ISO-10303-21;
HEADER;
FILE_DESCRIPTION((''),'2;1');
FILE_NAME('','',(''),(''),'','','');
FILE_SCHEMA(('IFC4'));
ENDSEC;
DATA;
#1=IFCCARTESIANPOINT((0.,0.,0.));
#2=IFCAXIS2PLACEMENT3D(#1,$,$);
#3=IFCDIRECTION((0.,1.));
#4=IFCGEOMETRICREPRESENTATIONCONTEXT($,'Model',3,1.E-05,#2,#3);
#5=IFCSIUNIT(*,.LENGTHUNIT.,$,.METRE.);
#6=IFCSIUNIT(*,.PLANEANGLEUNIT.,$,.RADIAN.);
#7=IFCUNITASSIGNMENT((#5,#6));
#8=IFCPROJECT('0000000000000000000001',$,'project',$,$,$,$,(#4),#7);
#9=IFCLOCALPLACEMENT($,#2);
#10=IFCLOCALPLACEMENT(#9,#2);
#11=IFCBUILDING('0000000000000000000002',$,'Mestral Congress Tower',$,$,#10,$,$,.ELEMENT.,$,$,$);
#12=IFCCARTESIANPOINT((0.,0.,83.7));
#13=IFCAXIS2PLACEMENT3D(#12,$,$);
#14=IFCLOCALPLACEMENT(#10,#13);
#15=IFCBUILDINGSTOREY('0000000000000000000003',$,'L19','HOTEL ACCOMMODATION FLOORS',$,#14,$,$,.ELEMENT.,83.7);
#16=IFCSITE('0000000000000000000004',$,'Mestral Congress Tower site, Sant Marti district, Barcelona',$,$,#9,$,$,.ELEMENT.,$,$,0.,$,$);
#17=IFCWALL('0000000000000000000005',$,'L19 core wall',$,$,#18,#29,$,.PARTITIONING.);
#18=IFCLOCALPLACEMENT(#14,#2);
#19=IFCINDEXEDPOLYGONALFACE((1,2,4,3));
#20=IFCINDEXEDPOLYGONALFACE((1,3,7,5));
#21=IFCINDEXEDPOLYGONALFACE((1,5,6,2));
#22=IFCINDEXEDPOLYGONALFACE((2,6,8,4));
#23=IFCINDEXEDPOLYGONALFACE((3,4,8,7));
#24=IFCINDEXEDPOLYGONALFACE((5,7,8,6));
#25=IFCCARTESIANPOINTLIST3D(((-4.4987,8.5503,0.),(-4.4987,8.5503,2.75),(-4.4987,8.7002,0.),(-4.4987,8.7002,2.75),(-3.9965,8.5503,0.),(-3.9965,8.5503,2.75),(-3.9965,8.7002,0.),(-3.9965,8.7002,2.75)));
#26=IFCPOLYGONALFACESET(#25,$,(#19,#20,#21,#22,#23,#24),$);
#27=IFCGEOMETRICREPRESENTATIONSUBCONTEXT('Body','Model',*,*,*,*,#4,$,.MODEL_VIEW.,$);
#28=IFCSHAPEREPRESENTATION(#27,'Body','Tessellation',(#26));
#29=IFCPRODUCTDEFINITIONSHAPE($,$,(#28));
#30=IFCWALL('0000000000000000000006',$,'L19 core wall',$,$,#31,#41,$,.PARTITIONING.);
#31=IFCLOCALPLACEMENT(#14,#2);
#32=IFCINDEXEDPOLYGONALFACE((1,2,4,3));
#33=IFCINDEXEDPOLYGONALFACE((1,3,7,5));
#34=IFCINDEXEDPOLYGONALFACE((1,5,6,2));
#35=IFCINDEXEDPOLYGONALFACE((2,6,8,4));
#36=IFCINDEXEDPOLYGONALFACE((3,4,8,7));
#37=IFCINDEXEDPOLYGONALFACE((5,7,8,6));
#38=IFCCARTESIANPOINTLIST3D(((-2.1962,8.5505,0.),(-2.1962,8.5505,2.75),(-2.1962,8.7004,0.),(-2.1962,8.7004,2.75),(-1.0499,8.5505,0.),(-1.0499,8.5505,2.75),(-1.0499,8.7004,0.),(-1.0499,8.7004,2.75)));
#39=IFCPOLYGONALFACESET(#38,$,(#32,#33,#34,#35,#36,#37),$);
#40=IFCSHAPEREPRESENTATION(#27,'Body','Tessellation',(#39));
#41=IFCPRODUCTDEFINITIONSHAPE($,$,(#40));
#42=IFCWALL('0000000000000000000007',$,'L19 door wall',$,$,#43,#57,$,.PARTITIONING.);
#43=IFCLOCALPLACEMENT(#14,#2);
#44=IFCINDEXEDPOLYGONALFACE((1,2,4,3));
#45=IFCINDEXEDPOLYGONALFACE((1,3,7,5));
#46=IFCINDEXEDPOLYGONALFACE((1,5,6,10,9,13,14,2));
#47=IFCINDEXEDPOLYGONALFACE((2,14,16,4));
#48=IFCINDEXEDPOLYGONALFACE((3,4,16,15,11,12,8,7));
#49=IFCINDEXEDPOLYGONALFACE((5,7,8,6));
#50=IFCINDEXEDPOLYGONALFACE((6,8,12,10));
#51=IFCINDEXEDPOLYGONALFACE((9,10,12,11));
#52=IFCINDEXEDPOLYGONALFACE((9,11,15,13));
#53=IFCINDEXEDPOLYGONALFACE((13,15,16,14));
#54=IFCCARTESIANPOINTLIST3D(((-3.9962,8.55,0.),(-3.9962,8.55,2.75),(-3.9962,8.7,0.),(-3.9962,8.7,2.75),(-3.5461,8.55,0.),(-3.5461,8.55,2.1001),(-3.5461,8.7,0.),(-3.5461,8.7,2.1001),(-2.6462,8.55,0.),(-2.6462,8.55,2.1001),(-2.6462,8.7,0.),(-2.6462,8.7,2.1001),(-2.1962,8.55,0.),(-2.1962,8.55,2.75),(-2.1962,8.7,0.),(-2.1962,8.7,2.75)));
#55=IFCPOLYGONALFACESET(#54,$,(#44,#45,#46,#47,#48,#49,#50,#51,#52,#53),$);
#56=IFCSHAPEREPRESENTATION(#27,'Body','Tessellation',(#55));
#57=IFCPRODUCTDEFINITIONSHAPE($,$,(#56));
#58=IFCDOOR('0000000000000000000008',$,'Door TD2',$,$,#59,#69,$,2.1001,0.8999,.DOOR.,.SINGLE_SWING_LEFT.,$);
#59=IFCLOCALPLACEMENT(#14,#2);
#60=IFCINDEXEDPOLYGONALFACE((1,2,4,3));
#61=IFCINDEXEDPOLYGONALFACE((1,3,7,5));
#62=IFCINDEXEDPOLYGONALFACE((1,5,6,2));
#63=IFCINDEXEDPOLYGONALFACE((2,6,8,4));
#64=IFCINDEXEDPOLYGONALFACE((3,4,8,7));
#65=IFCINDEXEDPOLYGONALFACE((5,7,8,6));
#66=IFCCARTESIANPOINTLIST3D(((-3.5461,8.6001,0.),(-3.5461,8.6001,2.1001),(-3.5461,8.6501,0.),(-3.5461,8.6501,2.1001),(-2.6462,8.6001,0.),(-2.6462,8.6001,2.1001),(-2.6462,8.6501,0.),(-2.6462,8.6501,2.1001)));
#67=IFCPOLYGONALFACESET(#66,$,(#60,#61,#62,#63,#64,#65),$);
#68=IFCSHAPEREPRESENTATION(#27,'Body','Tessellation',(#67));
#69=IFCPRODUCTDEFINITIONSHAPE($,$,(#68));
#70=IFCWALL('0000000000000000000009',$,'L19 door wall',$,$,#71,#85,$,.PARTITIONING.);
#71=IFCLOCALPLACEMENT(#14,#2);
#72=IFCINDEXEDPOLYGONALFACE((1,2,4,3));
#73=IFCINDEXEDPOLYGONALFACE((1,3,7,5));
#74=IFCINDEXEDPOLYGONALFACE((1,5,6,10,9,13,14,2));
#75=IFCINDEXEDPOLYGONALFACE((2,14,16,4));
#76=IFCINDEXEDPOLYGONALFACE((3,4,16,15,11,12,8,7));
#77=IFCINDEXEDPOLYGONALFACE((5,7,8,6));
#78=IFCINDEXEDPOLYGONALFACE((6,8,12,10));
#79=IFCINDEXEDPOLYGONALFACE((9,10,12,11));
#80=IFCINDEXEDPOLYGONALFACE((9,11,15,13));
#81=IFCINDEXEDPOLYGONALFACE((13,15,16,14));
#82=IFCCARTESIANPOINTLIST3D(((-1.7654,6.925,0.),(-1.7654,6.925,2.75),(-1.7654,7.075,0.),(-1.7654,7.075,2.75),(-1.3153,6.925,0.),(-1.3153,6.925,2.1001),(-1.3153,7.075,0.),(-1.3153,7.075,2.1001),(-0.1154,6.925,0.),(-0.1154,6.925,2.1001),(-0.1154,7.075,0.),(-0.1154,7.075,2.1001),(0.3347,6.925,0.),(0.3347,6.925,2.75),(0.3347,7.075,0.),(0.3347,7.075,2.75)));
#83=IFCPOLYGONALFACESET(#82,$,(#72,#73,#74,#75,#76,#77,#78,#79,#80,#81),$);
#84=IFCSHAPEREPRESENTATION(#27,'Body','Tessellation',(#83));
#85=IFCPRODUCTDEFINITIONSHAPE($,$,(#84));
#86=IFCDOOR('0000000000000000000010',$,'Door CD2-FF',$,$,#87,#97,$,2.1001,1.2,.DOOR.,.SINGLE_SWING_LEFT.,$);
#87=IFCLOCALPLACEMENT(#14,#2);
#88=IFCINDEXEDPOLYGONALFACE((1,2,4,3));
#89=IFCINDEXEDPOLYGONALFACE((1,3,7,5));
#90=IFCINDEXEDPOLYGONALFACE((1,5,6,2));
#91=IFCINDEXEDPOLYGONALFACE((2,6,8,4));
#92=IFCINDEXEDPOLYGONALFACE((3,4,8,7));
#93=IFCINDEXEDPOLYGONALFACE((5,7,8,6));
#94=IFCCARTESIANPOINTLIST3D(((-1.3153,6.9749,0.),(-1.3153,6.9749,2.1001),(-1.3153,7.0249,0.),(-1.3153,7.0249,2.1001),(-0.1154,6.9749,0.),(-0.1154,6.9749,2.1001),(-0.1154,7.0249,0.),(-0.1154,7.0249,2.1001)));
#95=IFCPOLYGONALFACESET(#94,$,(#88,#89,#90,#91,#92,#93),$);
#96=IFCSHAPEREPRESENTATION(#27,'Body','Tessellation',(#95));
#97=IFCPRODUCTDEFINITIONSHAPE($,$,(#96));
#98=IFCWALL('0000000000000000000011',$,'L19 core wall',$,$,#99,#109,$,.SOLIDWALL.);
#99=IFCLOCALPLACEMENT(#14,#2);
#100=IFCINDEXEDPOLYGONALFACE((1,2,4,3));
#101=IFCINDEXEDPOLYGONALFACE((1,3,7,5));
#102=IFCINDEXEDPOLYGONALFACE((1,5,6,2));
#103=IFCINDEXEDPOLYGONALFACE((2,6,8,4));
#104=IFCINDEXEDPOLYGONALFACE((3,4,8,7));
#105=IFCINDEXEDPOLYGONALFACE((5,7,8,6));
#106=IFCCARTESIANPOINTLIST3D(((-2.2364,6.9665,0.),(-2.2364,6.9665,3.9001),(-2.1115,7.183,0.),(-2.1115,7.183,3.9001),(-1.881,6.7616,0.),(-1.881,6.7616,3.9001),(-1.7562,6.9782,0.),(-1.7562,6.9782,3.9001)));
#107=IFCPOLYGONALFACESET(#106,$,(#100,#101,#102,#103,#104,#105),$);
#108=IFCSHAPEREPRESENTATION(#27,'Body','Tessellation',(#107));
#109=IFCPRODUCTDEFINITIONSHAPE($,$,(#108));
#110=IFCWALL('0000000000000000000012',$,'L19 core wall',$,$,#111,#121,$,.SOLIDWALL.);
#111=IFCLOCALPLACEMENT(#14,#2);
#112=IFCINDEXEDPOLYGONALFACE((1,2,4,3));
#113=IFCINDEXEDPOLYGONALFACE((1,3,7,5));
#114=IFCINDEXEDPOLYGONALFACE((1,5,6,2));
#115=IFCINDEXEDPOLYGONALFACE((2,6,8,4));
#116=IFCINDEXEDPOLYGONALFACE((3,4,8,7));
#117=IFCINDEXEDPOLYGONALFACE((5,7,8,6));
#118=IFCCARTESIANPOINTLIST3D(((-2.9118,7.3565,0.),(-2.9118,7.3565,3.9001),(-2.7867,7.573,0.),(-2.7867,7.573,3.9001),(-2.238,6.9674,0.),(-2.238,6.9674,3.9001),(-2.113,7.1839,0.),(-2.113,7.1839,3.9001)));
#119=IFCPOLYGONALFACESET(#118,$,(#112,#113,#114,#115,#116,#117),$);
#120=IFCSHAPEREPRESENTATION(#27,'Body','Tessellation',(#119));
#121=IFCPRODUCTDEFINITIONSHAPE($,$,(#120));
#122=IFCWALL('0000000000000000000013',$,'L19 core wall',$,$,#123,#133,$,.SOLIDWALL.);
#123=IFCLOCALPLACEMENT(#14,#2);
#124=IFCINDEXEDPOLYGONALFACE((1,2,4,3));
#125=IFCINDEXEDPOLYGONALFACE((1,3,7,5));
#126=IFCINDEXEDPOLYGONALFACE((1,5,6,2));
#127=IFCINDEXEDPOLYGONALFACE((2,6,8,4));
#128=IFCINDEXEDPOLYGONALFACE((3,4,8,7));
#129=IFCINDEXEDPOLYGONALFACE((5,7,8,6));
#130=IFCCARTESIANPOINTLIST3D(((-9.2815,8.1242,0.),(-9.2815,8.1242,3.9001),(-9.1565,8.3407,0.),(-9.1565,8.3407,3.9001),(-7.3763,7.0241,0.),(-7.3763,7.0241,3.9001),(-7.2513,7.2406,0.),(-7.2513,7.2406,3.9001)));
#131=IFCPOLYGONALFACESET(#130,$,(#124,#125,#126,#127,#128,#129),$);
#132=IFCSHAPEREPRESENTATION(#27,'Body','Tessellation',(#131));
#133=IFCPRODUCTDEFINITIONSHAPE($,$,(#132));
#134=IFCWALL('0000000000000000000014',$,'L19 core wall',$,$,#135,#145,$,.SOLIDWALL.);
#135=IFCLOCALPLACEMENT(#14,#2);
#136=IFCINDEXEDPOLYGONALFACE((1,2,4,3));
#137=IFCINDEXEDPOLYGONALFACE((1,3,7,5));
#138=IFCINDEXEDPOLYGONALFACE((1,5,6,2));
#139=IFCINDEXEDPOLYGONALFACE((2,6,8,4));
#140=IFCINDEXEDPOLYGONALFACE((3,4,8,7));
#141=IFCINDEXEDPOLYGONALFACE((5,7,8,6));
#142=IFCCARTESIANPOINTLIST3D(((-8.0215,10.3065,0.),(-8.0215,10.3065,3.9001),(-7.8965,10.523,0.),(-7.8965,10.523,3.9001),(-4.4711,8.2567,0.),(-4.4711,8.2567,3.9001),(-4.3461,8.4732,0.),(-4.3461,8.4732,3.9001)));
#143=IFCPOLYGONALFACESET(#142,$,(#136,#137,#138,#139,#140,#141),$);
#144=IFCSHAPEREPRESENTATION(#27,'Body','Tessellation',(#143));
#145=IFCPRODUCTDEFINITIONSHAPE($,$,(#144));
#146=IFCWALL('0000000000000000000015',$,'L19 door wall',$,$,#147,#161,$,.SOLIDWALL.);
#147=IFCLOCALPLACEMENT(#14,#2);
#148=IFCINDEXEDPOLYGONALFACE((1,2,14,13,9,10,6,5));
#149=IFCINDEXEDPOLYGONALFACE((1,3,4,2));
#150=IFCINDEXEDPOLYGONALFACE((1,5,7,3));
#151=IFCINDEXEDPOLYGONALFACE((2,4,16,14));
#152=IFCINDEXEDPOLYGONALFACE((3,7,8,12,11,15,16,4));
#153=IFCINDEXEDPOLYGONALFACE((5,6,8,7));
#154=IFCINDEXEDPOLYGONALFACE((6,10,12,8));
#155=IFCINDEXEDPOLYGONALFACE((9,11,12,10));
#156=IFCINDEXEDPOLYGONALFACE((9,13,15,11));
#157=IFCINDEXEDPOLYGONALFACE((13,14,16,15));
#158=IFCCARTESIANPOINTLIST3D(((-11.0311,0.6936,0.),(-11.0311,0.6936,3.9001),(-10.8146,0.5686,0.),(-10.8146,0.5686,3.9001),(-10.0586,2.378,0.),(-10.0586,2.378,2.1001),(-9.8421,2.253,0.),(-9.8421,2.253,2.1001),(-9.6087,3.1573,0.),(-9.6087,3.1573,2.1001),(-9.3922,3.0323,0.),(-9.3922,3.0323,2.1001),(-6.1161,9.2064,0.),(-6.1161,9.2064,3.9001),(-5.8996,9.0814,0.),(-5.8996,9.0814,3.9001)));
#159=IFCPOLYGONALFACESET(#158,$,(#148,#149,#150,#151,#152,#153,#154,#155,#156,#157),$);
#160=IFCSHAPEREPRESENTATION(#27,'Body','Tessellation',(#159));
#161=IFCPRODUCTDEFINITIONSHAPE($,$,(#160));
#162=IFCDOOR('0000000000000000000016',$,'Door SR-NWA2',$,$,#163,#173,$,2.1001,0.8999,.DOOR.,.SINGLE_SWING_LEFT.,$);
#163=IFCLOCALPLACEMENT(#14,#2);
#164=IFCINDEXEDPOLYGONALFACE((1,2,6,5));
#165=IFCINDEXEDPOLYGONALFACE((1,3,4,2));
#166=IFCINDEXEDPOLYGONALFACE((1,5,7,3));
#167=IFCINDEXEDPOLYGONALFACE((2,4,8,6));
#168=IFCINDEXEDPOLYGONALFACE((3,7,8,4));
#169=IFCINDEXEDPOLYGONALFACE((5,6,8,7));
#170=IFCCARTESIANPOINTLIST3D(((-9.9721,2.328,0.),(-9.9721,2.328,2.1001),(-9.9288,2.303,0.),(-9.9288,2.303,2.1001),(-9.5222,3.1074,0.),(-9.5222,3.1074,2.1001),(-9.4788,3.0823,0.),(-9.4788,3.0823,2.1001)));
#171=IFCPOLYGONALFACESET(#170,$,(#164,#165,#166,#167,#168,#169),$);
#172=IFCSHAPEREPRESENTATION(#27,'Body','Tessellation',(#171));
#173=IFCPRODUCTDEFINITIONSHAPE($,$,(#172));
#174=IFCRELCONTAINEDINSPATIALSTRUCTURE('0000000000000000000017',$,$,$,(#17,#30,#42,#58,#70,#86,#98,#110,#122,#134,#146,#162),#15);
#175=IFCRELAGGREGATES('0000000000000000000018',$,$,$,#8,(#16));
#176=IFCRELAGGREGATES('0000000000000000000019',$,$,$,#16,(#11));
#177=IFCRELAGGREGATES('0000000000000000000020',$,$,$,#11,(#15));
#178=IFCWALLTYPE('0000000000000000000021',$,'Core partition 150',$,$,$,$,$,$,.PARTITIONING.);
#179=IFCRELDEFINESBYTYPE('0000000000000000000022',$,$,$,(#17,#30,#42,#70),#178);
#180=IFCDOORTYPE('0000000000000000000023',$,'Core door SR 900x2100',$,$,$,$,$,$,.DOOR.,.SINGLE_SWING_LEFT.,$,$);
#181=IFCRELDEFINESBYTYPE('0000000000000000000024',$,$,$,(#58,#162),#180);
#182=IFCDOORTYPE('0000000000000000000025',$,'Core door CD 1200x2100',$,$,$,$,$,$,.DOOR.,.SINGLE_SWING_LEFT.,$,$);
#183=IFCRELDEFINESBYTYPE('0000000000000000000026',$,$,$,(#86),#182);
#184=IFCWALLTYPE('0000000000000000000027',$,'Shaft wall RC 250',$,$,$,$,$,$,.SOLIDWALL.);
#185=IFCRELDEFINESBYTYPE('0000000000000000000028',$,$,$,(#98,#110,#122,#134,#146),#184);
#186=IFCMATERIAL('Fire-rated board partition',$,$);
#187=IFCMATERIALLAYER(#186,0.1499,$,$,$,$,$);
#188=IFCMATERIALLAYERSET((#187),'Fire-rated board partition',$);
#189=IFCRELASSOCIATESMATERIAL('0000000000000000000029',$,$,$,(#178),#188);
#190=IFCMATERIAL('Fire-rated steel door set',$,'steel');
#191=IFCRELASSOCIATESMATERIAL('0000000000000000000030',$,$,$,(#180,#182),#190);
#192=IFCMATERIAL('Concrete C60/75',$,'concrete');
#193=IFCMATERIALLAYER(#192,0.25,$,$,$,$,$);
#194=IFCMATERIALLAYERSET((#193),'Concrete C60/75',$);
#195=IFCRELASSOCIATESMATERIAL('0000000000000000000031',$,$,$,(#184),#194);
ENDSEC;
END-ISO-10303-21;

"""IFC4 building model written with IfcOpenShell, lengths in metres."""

from ifc_helpers import new_model, si_unit, direction, frame, frame_2d, origin, place, context, subcontext, project, spatial, rectangle, extrude, material, layer, layer_set, type_object, element, fill, save


model = new_model("IFC4")

# Units and contexts
model_context = context("Model", 3, precision=1e-05, world=origin(), true_north=direction((0.0, 1.0)))
body_context = subcontext(model_context, "Body", "Model", "MODEL_VIEW")
ifc_project = project(units=[si_unit("LENGTHUNIT", "METRE"), si_unit("PLANEANGLEUNIT", "RADIAN")], contexts=[model_context])

# Site, building, storey
site_placement = place(None, origin())
site = spatial("IfcSite", under=ifc_project, at=site_placement, Name="Mestral Congress Tower site, Sant Marti district, Barcelona", CompositionType="ELEMENT", RefElevation=0.0)
building_placement = place(site_placement, origin())
building = spatial("IfcBuilding", under=site, at=building_placement, Name="Mestral Congress Tower", CompositionType="ELEMENT")
storey_placement = place(building_placement, frame((0.0, 0.0, 83.7)))
storey = spatial("IfcBuildingStorey", under=building, at=storey_placement, Name="L19", Description="HOTEL ACCOMMODATION FLOORS", CompositionType="ELEMENT", Elevation=83.7)

# Walls
ifc_material_1 = material(Name="Fire-rated board partition")
ifc_layer_1 = layer(ifc_material_1, 0.1499)
ifc_layer_set_1 = layer_set([ifc_layer_1], Name="Fire-rated board partition")
wall_type_1 = type_object("IfcWallType", Name="Core partition 150", PredefinedType="PARTITIONING", material=ifc_layer_set_1)
wall_1_placement = place(storey_placement, frame((-3.9966, 8.6252, 0.0), z_axis=(0.0, 0.0, 1.0), x_axis=(-1.0, 0.0, 0.0)))
element("IfcWall", 1, at=wall_1_placement, inside=storey, type_object=wall_type_1, Name="L19 core wall", PredefinedType="PARTITIONING", context=body_context, shape_type="SweptSolid", body=[
    extrude(rectangle(XDim=0.5022, YDim=0.1499, at=frame_2d((0.251, 0.0))), origin(), (0.0, 0.0, 1.0), 2.75),
])
wall_2_placement = place(storey_placement, frame((-2.1963, 8.6255, 0.0), z_axis=(0.0, 0.0, 1.0), x_axis=(1.0, 0.0, 0.0)))
element("IfcWall", 2, at=wall_2_placement, inside=storey, type_object=wall_type_1, Name="L19 core wall", PredefinedType="PARTITIONING", context=body_context, shape_type="SweptSolid", body=[
    extrude(rectangle(XDim=1.1462, YDim=0.1499, at=frame_2d((0.5732, 0.0))), origin(), (0.0, 0.0, 1.0), 2.75),
])

# Walls, openings, doors
wall_3_placement = place(storey_placement, frame((-2.1963, 8.625, 0.0), z_axis=(0.0, 0.0, 1.0), x_axis=(-1.0, 0.0, 0.0)))
wall_3 = element("IfcWall", 3, at=wall_3_placement, inside=storey, type_object=wall_type_1, Name="L19 door wall", PredefinedType="PARTITIONING", context=body_context, shape_type="SweptSolid", body=[
    extrude(rectangle(XDim=1.8, YDim=0.1499, at=frame_2d((0.8999, 0.0))), origin(), (0.0, 0.0, 1.0), 2.75),
])
opening_1_placement = place(wall_3_placement, frame((0.45, 0.0, 0.0)))
opening_1 = element("IfcOpeningElement", 4, at=opening_1_placement, cuts=wall_3, PredefinedType="OPENING", context=body_context, shape_type="SweptSolid", body=[
    extrude(rectangle(XDim=0.8999, YDim=2.1001, at=frame_2d((0.45, 1.05))), frame((0.0, 0.085, 0.0), z_axis=(0.0, -1.0, 0.0), x_axis=(1.0, 0.0, 0.0)), (0.0, 0.0, 1.0), 0.1699),
])
ifc_material_2 = material(Name="Fire-rated steel door set", Category="steel")
door_type_1 = type_object("IfcDoorType", Name="Core door SR 900x2100", OperationType="SINGLE_SWING_LEFT", PredefinedType="DOOR", material=ifc_material_2)
door_1_placement = place(opening_1_placement, origin())
door_1 = element("IfcDoor", 5, at=door_1_placement, inside=storey, type_object=door_type_1, Name="Door TD2", OperationType="SINGLE_SWING_LEFT", OverallHeight=2.1001, OverallWidth=0.8999, PredefinedType="DOOR", context=body_context, shape_type="SweptSolid", body=[
    extrude(rectangle(XDim=0.8999, YDim=2.1001, at=frame_2d((0.45, 1.05))), frame((0.0, 0.0249, 0.0), z_axis=(0.0, -1.0, 0.0), x_axis=(1.0, 0.0, 0.0)), (0.0, 0.0, 1.0), 0.05),
])
fill(opening_1, door_1)
wall_4_placement = place(storey_placement, frame((-1.7654, 7.0, 0.0), z_axis=(0.0, 0.0, 1.0), x_axis=(1.0, 0.0, 0.0)))
wall_4 = element("IfcWall", 6, at=wall_4_placement, inside=storey, type_object=wall_type_1, Name="L19 door wall", PredefinedType="PARTITIONING", context=body_context, shape_type="SweptSolid", body=[
    extrude(rectangle(XDim=2.1001, YDim=0.1499, at=frame_2d((1.05, 0.0))), origin(), (0.0, 0.0, 1.0), 2.75),
])
opening_2_placement = place(wall_4_placement, frame((0.45, 0.0, 0.0)))
opening_2 = element("IfcOpeningElement", 7, at=opening_2_placement, cuts=wall_4, PredefinedType="OPENING", context=body_context, shape_type="SweptSolid", body=[
    extrude(rectangle(XDim=1.2, YDim=2.1001, at=frame_2d((0.6001, 1.05))), frame((0.0, 0.085, 0.0), z_axis=(0.0, -1.0, 0.0), x_axis=(1.0, 0.0, 0.0)), (0.0, 0.0, 1.0), 0.1699),
])
door_type_2 = type_object("IfcDoorType", Name="Core door CD 1200x2100", OperationType="SINGLE_SWING_LEFT", PredefinedType="DOOR", material=ifc_material_2)
door_2_placement = place(opening_2_placement, origin())
door_2 = element("IfcDoor", 8, at=door_2_placement, inside=storey, type_object=door_type_2, Name="Door CD2-FF", OperationType="SINGLE_SWING_LEFT", OverallHeight=2.1001, OverallWidth=1.2, PredefinedType="DOOR", context=body_context, shape_type="SweptSolid", body=[
    extrude(rectangle(XDim=1.2, YDim=2.1001, at=frame_2d((0.6001, 1.05))), frame((0.0, 0.0249, 0.0), z_axis=(0.0, -1.0, 0.0), x_axis=(1.0, 0.0, 0.0)), (0.0, 0.0, 1.0), 0.05),
])
fill(opening_2, door_2)

# Walls
ifc_material_3 = material(Name="Concrete C60/75", Category="concrete")
ifc_layer_2 = layer(ifc_material_3, 0.25)
ifc_layer_set_2 = layer_set([ifc_layer_2], Name="Concrete C60/75")
wall_type_2 = type_object("IfcWallType", Name="Shaft wall RC 250", PredefinedType="SOLIDWALL", material=ifc_layer_set_2)
wall_5_placement = place(storey_placement, frame((-1.8186, 6.8699, 0.0), z_axis=(0.0, 0.0, 1.0), x_axis=(-0.866295, 0.499533, 0.0)))
element("IfcWall", 9, at=wall_5_placement, inside=storey, type_object=wall_type_2, Name="L19 core wall", PredefinedType="SOLIDWALL", context=body_context, shape_type="SweptSolid", body=[
    extrude(rectangle(XDim=0.4102, YDim=0.25, at=frame_2d((0.2051, 0.0))), origin(), (0.0, 0.0, 1.0), 3.9001),
])
wall_6_placement = place(storey_placement, frame((-2.8494, 7.4648, 0.0), z_axis=(0.0, 0.0, 1.0), x_axis=(0.865956, -0.500121, 0.0)))
element("IfcWall", 10, at=wall_6_placement, inside=storey, type_object=wall_type_2, Name="L19 core wall", PredefinedType="SOLIDWALL", context=body_context, shape_type="SweptSolid", body=[
    extrude(rectangle(XDim=0.7781, YDim=0.25, at=frame_2d((0.3892, 0.0))), origin(), (0.0, 0.0, 1.0), 3.9001),
])
wall_7_placement = place(storey_placement, frame((-7.3137, 7.1323, 0.0), z_axis=(0.0, 0.0, 1.0), x_axis=(-0.866008, 0.50003, 0.0)))
element("IfcWall", 11, at=wall_7_placement, inside=storey, type_object=wall_type_2, Name="L19 core wall", PredefinedType="SOLIDWALL", context=body_context, shape_type="SweptSolid", body=[
    extrude(rectangle(XDim=2.2, YDim=0.25, at=frame_2d((1.1001, 0.0))), origin(), (0.0, 0.0, 1.0), 3.9001),
])
wall_8_placement = place(storey_placement, frame((-7.959, 10.4148, 0.0), z_axis=(0.0, 0.0, 1.0), x_axis=(0.866021, -0.500008, 0.0)))
element("IfcWall", 12, at=wall_8_placement, inside=storey, type_object=wall_type_2, Name="L19 core wall", PredefinedType="SOLIDWALL", context=body_context, shape_type="SweptSolid", body=[
    extrude(rectangle(XDim=4.0996, YDim=0.25, at=frame_2d((2.0498, 0.0))), origin(), (0.0, 0.0, 1.0), 3.9001),
])

# Wall, opening, door
wall_9_placement = place(storey_placement, frame((-6.0078, 9.144, 0.0), z_axis=(0.0, 0.0, 1.0), x_axis=(-0.500007, -0.866021, 0.0)))
wall_9 = element("IfcWall", 13, at=wall_9_placement, inside=storey, type_object=wall_type_2, Name="L19 door wall", PredefinedType="SOLIDWALL", context=body_context, shape_type="SweptSolid", body=[
    extrude(rectangle(XDim=9.8298, YDim=0.25, at=frame_2d((4.915, 0.0))), origin(), (0.0, 0.0, 1.0), 3.9001),
])
opening_3_placement = place(wall_9_placement, frame((6.9851, 0.0, 0.0)))
opening_3 = element("IfcOpeningElement", 14, at=opening_3_placement, cuts=wall_9, PredefinedType="OPENING", context=body_context, shape_type="SweptSolid", body=[
    extrude(rectangle(XDim=0.8999, YDim=2.1001, at=frame_2d((0.45, 1.05))), frame((0.0, 0.135, 0.0), z_axis=(0.0, -1.0, 0.0), x_axis=(1.0, 0.0, 0.0)), (0.0, 0.0, 1.0), 0.27),
])
door_3_placement = place(opening_3_placement, origin())
door_3 = element("IfcDoor", 15, at=door_3_placement, inside=storey, type_object=door_type_1, Name="Door SR-NWA2", OperationType="SINGLE_SWING_LEFT", OverallHeight=2.1001, OverallWidth=0.8999, PredefinedType="DOOR", context=body_context, shape_type="SweptSolid", body=[
    extrude(rectangle(XDim=0.8999, YDim=2.1001, at=frame_2d((0.45, 1.05))), frame((0.0, 0.0249, 0.0), z_axis=(0.0, -1.0, 0.0), x_axis=(1.0, 0.0, 0.0)), (0.0, 0.0, 1.0), 0.05),
])
fill(opening_3, door_3)

save(model, "model.ifc")
